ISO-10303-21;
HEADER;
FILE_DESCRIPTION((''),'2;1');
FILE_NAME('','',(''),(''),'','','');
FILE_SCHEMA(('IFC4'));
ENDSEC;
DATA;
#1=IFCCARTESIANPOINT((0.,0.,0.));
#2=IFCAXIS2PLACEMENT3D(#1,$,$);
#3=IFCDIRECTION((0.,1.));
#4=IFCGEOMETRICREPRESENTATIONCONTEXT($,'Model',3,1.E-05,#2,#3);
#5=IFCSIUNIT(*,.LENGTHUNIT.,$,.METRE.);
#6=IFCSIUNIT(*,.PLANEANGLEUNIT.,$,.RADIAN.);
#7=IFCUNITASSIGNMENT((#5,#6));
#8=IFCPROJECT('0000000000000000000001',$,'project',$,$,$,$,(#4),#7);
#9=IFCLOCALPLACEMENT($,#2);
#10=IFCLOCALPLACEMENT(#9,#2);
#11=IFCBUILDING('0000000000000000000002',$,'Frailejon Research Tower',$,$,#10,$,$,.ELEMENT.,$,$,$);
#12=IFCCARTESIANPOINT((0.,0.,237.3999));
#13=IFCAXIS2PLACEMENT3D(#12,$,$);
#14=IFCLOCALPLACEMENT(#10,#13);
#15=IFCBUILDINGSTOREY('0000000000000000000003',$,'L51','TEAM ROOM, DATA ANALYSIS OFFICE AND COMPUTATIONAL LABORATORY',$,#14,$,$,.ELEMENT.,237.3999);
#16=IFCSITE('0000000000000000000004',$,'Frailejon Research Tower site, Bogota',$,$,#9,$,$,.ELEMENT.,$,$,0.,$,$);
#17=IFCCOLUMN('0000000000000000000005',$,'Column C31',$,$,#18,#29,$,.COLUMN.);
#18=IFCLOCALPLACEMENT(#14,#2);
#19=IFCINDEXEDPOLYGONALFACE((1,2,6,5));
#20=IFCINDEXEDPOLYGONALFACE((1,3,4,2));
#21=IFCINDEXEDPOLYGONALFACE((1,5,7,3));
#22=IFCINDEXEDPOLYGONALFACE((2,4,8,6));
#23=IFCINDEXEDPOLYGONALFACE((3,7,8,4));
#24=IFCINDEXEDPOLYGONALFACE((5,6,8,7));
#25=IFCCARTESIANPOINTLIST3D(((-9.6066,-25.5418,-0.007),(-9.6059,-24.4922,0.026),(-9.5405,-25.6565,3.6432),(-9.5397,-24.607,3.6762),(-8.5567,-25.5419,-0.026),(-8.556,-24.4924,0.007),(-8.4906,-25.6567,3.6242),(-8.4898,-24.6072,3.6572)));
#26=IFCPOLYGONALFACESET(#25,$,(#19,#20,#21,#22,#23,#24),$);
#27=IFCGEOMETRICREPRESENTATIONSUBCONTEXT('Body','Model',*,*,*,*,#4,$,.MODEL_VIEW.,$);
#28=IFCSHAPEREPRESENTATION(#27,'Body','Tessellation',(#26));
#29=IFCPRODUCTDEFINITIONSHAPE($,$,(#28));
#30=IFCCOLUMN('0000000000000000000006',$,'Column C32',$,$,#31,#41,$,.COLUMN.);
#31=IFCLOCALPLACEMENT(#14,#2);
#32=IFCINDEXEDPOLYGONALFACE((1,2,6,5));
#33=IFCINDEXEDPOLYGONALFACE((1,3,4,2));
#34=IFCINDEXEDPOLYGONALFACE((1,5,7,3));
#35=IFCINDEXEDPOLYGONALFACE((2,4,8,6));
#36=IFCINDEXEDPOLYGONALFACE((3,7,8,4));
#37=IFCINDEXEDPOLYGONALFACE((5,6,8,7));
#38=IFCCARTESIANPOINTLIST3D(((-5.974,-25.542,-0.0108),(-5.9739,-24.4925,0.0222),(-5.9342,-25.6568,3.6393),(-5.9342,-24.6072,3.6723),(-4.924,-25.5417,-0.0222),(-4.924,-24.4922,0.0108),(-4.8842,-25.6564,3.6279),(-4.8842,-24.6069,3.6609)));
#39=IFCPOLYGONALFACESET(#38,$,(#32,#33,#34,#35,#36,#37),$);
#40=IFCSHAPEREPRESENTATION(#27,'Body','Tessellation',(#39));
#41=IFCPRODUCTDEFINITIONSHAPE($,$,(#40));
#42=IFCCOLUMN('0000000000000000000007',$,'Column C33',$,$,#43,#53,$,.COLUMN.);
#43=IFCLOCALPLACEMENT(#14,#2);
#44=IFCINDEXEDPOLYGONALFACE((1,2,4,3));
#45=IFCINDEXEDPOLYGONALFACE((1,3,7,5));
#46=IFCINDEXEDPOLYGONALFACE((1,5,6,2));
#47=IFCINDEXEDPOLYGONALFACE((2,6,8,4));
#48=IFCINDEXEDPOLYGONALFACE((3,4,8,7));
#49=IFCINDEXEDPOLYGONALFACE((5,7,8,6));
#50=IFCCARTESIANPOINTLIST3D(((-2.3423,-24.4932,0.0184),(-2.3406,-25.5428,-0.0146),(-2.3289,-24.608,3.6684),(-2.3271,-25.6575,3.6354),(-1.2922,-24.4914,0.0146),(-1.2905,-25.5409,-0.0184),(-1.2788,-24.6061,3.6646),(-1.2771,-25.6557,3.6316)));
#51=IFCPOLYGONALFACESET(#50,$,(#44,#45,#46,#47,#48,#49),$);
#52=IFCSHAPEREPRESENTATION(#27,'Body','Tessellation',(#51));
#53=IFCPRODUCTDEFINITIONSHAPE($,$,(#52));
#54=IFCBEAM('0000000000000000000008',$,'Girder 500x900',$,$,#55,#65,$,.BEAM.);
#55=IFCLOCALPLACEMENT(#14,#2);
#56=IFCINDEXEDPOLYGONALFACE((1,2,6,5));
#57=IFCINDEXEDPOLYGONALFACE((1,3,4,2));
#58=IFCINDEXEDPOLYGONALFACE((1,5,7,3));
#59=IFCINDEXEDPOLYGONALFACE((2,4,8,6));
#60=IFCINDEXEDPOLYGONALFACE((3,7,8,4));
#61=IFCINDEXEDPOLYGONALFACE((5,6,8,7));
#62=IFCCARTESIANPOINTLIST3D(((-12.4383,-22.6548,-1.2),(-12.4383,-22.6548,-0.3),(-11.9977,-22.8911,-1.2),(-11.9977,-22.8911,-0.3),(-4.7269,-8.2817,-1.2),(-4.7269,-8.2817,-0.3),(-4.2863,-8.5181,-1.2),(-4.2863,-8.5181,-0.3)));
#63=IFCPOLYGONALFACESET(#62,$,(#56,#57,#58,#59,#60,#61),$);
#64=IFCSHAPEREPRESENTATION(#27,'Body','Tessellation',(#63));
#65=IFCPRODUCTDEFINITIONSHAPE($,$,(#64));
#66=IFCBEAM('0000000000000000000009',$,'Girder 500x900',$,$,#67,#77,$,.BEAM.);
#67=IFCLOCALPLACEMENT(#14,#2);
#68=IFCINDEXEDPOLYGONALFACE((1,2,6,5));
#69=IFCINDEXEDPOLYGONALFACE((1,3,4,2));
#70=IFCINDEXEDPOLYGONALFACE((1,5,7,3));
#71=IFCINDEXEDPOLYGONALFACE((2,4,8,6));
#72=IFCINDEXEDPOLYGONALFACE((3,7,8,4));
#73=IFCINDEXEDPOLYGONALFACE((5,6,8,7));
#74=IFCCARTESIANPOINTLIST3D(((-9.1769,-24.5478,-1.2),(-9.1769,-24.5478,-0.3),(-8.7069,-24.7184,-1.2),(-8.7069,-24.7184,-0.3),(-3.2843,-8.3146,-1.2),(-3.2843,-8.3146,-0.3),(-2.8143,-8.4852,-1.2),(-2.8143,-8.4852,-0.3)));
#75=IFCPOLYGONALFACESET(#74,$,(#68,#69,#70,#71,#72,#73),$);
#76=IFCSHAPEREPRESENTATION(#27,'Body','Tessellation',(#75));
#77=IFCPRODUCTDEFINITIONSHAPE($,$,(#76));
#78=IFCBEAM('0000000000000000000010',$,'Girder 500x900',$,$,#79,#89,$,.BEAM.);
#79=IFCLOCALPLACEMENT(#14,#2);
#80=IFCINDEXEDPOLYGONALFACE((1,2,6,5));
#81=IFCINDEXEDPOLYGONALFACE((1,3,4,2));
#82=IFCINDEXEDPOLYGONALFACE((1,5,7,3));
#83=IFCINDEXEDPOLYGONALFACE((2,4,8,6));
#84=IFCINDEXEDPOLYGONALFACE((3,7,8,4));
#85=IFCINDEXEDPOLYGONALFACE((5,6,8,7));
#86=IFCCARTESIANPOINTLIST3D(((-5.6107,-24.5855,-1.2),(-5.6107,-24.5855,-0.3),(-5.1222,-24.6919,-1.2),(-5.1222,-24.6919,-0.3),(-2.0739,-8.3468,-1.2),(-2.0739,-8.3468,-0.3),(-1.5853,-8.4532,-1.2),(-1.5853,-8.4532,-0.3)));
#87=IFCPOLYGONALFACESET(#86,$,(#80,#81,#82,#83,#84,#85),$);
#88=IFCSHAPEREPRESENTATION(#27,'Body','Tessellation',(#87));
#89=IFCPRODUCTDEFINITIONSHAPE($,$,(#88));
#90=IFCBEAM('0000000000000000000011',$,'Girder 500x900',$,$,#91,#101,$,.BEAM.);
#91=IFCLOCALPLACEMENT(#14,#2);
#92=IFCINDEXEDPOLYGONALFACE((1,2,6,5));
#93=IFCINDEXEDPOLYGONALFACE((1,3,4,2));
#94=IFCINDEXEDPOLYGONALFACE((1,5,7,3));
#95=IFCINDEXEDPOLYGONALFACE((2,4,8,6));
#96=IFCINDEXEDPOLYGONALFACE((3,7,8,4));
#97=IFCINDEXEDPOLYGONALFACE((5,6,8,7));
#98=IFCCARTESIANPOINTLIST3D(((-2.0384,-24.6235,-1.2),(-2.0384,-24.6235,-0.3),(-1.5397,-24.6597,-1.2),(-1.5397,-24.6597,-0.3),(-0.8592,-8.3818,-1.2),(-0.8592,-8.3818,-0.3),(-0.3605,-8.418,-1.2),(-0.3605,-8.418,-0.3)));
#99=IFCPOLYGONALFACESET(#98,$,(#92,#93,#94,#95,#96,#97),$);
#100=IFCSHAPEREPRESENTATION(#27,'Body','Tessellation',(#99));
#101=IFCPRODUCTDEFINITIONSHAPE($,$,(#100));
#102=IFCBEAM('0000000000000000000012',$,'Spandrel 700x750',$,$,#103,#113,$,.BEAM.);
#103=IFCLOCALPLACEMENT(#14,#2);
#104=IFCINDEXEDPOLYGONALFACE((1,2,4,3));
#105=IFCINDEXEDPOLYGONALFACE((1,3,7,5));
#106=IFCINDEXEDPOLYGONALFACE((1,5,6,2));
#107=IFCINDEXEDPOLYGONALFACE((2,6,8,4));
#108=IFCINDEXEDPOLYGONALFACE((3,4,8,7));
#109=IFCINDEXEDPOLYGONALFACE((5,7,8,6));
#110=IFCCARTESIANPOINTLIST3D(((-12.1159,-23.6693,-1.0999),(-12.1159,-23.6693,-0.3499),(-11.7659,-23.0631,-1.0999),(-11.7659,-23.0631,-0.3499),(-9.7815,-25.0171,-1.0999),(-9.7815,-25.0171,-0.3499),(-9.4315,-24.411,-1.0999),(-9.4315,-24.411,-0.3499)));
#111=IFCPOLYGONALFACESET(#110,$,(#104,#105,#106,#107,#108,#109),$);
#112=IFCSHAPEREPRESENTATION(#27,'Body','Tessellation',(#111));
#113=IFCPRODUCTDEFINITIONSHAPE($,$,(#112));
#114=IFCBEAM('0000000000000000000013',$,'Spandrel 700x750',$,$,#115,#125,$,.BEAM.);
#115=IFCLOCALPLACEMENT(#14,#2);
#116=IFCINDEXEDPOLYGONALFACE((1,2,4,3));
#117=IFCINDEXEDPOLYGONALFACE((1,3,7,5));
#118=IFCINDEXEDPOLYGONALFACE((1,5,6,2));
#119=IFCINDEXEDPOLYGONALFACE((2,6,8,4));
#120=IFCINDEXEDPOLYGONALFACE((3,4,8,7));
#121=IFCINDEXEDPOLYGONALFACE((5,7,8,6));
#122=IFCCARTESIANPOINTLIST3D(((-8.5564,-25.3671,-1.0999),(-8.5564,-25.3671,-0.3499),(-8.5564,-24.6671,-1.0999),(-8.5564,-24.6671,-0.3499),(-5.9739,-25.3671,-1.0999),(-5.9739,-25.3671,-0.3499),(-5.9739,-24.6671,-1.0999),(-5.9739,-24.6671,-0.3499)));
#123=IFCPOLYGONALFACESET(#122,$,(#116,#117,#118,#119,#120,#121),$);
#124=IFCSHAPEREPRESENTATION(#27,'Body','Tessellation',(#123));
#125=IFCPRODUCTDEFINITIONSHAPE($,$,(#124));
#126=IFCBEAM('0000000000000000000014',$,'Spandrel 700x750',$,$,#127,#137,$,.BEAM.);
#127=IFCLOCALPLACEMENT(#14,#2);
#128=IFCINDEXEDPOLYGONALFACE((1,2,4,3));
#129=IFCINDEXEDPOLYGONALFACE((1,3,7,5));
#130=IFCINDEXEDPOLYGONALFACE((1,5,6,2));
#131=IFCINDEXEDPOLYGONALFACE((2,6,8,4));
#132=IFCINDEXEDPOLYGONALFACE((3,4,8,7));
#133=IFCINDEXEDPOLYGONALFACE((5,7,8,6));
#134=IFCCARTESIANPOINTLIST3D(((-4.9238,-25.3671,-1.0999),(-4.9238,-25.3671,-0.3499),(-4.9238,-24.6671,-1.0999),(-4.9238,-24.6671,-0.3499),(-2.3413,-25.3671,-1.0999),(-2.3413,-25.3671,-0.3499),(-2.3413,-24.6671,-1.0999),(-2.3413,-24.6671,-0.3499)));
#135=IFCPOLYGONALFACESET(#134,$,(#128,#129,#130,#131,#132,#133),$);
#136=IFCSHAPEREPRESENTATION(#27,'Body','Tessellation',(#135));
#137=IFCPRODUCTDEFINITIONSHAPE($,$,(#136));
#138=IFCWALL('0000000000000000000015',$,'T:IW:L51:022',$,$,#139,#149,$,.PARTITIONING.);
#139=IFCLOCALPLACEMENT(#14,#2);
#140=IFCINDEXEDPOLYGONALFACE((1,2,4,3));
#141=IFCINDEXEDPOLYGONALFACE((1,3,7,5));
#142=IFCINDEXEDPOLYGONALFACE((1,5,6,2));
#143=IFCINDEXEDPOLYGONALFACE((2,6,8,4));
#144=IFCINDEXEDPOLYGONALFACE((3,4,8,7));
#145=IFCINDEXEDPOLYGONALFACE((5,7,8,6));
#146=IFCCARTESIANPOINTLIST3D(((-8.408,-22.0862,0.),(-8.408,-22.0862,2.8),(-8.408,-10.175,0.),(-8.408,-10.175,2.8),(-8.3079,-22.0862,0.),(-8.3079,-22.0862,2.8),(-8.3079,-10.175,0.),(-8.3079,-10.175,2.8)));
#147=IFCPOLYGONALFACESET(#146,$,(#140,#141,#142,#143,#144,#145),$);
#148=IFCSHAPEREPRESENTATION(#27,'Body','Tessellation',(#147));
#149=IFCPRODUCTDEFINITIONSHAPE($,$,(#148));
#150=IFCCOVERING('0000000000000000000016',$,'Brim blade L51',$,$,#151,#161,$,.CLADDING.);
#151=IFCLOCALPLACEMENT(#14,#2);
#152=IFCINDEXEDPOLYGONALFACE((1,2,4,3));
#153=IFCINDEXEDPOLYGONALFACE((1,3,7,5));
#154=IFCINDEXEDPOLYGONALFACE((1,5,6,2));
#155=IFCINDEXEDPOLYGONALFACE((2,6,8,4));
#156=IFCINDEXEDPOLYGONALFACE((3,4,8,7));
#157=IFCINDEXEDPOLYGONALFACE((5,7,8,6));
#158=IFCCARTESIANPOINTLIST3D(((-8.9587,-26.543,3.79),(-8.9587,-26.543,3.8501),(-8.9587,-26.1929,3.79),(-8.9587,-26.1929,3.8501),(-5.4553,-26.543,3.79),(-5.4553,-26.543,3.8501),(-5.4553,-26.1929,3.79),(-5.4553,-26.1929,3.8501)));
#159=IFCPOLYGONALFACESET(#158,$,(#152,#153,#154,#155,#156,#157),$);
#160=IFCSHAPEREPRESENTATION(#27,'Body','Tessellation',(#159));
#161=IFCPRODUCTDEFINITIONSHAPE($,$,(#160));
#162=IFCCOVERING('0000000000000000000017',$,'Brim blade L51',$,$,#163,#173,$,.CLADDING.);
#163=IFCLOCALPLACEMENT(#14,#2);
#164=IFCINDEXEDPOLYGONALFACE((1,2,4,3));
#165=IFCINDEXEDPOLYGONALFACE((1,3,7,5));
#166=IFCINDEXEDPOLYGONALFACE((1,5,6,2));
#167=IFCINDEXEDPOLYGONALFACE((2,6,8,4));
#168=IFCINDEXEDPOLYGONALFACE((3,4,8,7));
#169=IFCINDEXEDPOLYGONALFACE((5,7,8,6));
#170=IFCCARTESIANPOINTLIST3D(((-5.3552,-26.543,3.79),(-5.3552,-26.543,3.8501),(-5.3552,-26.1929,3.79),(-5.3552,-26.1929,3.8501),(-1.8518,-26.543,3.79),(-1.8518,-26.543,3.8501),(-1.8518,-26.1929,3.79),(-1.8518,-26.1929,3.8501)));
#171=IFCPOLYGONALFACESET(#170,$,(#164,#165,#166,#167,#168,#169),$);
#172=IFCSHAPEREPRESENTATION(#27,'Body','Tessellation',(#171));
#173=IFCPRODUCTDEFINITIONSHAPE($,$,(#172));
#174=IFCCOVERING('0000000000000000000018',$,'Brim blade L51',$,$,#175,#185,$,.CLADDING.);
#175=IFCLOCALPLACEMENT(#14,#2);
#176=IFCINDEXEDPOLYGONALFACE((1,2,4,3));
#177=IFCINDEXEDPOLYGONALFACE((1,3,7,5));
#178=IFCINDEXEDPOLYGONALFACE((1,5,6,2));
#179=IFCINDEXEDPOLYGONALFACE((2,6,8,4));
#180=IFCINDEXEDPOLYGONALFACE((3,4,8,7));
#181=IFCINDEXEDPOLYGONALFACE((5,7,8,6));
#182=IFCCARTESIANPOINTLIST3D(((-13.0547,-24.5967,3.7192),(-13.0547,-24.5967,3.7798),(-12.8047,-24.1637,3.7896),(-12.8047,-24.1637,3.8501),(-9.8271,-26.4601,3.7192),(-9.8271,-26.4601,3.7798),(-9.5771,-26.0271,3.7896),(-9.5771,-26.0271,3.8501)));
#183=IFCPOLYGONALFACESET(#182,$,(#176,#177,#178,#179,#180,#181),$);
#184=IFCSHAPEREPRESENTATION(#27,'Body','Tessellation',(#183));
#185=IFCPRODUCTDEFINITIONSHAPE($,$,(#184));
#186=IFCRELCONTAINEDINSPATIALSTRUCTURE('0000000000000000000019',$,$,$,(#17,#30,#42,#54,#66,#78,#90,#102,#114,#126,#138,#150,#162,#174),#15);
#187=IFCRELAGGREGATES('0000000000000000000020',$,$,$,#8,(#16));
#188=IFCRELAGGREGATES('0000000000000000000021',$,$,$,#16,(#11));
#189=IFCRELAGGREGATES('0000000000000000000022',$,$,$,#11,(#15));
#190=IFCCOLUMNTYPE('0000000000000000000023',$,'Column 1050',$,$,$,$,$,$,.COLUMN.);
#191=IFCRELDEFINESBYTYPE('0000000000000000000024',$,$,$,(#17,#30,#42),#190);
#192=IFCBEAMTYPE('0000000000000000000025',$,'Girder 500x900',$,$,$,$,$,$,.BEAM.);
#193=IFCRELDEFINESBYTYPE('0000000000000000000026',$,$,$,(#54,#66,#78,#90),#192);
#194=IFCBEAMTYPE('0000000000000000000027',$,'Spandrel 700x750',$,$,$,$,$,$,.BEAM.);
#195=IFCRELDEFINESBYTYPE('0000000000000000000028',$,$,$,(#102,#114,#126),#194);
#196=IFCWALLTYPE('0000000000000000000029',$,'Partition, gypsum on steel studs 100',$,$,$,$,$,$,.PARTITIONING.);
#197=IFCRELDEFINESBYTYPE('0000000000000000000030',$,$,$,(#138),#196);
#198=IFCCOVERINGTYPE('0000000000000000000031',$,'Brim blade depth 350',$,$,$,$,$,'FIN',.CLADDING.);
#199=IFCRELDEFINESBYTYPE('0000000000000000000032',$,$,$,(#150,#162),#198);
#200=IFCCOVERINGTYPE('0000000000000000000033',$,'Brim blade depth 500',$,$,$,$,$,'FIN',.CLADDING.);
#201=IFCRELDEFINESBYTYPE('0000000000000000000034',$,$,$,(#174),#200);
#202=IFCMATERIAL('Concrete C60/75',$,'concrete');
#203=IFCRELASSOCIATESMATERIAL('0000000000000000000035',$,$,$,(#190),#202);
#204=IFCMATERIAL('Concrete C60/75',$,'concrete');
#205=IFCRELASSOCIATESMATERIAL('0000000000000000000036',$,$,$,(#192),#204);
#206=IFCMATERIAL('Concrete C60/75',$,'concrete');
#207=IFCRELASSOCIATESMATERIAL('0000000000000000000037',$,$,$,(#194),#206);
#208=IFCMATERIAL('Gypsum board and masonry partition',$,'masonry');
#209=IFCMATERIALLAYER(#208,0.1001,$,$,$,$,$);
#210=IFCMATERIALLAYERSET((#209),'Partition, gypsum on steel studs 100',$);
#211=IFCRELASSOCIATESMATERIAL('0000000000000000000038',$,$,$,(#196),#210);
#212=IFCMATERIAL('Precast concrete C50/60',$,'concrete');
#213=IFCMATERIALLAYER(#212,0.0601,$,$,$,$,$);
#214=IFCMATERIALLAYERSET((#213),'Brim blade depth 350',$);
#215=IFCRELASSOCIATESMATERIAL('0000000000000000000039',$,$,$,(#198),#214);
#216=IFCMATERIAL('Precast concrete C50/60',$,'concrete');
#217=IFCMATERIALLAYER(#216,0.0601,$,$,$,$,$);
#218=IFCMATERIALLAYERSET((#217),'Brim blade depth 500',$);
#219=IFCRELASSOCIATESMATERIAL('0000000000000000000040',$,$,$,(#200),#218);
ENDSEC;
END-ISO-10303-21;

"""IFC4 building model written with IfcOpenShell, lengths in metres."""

from ifc_helpers import new_model, si_unit, direction, frame, frame_2d, origin, origin_2d, place, context, subcontext, project, spatial, polyline, rectangle, outline, extrude, material, layer, layer_set, material_profile, profile_set, type_object, element, save


model = new_model("IFC4")

# Units and contexts
model_context = context("Model", 3, precision=1e-05, world=origin(), true_north=direction((0.0, 1.0)))
body_context = subcontext(model_context, "Body", "Model", "MODEL_VIEW")
ifc_project = project(units=[si_unit("LENGTHUNIT", "METRE"), si_unit("PLANEANGLEUNIT", "RADIAN")], contexts=[model_context])

# Site, building, storey
site_placement = place(None, origin())
site = spatial("IfcSite", under=ifc_project, at=site_placement, Name="Frailejon Research Tower site, Bogota", CompositionType="ELEMENT", RefElevation=0.0)
building_placement = place(site_placement, origin())
building = spatial("IfcBuilding", under=site, at=building_placement, Name="Frailejon Research Tower", CompositionType="ELEMENT")
storey_placement = place(building_placement, frame((0.0, 0.0, 237.3999)))
storey = spatial("IfcBuildingStorey", under=building, at=storey_placement, Name="L51", Description="TEAM ROOM, DATA ANALYSIS OFFICE AND COMPUTATIONAL LABORATORY", CompositionType="ELEMENT", Elevation=237.3999)

# Columns
ifc_material_1 = material(Name="Concrete C60/75", Category="concrete")
ifc_material_profile_1 = material_profile(ifc_material_1, rectangle(XDim=1.05, YDim=1.05, at=origin_2d()), Name="Column 1050")
ifc_profile_set_1 = profile_set([ifc_material_profile_1], Name="Concrete C60/75")
column_type = type_object("IfcColumnType", Name="Column 1050", PredefinedType="COLUMN", material=ifc_profile_set_1)
column_1_placement = place(storey_placement, frame((-9.0813, -25.0171, 0.0), z_axis=(0.018114, -0.031415, 0.999342), x_axis=(0.999836, -0.000157, -0.018128)))
element("IfcColumn", 1, at=column_1_placement, inside=storey, type_object=column_type, Name="Column C31", PredefinedType="COLUMN", context=body_context, shape_type="SweptSolid", body=[
    extrude(rectangle(XDim=1.05, YDim=1.05, at=origin_2d()), origin(), (0.0, 0.0, 1.0), 3.6526),
])
column_2_placement = place(storey_placement, frame((-5.449, -25.0171, 0.0), z_axis=(0.010896, -0.031419, 0.999447), x_axis=(0.999941, 0.000298, -0.010892)))
element("IfcColumn", 2, at=column_2_placement, inside=storey, type_object=column_type, Name="Column C32", PredefinedType="COLUMN", context=body_context, shape_type="SweptSolid", body=[
    extrude(rectangle(XDim=1.05, YDim=1.05, at=origin_2d()), origin(), (0.0, 0.0, 1.0), 3.6521),
])
column_3_placement = place(storey_placement, frame((-1.8164, -25.0171, 0.0), z_axis=(0.003677, -0.03142, 0.999499), x_axis=(0.999992, 0.001758, -0.003623)))
element("IfcColumn", 3, at=column_3_placement, inside=storey, type_object=column_type, Name="Column C33", PredefinedType="COLUMN", context=body_context, shape_type="SweptSolid", body=[
    extrude(rectangle(XDim=1.05, YDim=1.05, at=origin_2d()), origin(), (0.0, 0.0, 1.0), 3.6519),
])

# Beams
ifc_material_2 = material(Name="Concrete C60/75", Category="concrete")
ifc_material_profile_2 = material_profile(ifc_material_2, rectangle(XDim=0.5, YDim=0.8999, at=origin_2d()), Name="Girder 500x900")
ifc_profile_set_2 = profile_set([ifc_material_profile_2], Name="Concrete C60/75")
beam_type_1 = type_object("IfcBeamType", Name="Girder 500x900", PredefinedType="BEAM", material=ifc_profile_set_2)
beam_1_placement = place(storey_placement, frame((-12.218, -22.7729, -0.75), z_axis=(0.472773, 0.881184, 0.0), x_axis=(-0.881184, 0.472773, 0.0)))
element("IfcBeam", 4, at=beam_1_placement, inside=storey, type_object=beam_type_1, Name="Girder 500x900", PredefinedType="BEAM", context=body_context, shape_type="SweptSolid", body=[
    extrude(rectangle(XDim=0.5, YDim=0.8999, at=origin_2d()), origin(), (0.0, 0.0, 1.0), 16.311),
])
beam_2_placement = place(storey_placement, frame((-8.9419, -24.6331, -0.75), z_axis=(0.341212, 0.939986, 0.0), x_axis=(-0.939986, 0.341212, 0.0)))
element("IfcBeam", 5, at=beam_2_placement, inside=storey, type_object=beam_type_1, Name="Girder 500x900", PredefinedType="BEAM", context=body_context, shape_type="SweptSolid", body=[
    extrude(rectangle(XDim=0.5, YDim=0.8999, at=origin_2d()), origin(), (0.0, 0.0, 1.0), 17.2695),
])
beam_3_placement = place(storey_placement, frame((-5.3665, -24.6387, -0.75), z_axis=(0.212814, 0.977093, 0.0), x_axis=(-0.977093, 0.212814, 0.0)))
element("IfcBeam", 6, at=beam_3_placement, inside=storey, type_object=beam_type_1, Name="Girder 500x900", PredefinedType="BEAM", context=body_context, shape_type="SweptSolid", body=[
    extrude(rectangle(XDim=0.5, YDim=0.8999, at=origin_2d()), origin(), (0.0, 0.0, 1.0), 16.6194),
])
beam_4_placement = place(storey_placement, frame((-1.7891, -24.6416, -0.75), z_axis=(0.072413, 0.997375, 0.0), x_axis=(-0.997375, 0.072413, 0.0)))
element("IfcBeam", 7, at=beam_4_placement, inside=storey, type_object=beam_type_1, Name="Girder 500x900", PredefinedType="BEAM", context=body_context, shape_type="SweptSolid", body=[
    extrude(rectangle(XDim=0.5, YDim=0.8999, at=origin_2d()), origin(), (0.0, 0.0, 1.0), 16.2844),
])
ifc_material_3 = material(Name="Concrete C60/75", Category="concrete")
ifc_material_profile_3 = material_profile(ifc_material_3, rectangle(XDim=0.7, YDim=0.75, at=origin_2d()), Name="Spandrel 700x750")
ifc_profile_set_3 = profile_set([ifc_material_profile_3], Name="Concrete C60/75")
beam_type_2 = type_object("IfcBeamType", Name="Spandrel 700x750", PredefinedType="BEAM", material=ifc_profile_set_3)
beam_5_placement = place(storey_placement, frame((-11.9409, -23.3662, -0.7249), z_axis=(0.866011, -0.500026, 0.0), x_axis=(0.500026, 0.866011, 0.0)))
element("IfcBeam", 8, at=beam_5_placement, inside=storey, type_object=beam_type_2, Name="Spandrel 700x750", PredefinedType="BEAM", context=body_context, shape_type="SweptSolid", body=[
    extrude(rectangle(XDim=0.7, YDim=0.75, at=origin_2d()), origin(), (0.0, 0.0, 1.0), 2.6956),
])
for number, where, z_axis, x_axis, name in (
    (9, (-8.5564, -25.0171, -0.7249), (1.0, 0.0, 0.0), (0.0, 1.0, 0.0), "Spandrel 700x750"),
    (10, (-4.9238, -25.0171, -0.7249), (1.0, 0.0, 0.0), (0.0, 1.0, 0.0), "Spandrel 700x750"),
):
    element("IfcBeam", number, at=place(storey_placement, frame(where, z_axis=z_axis, x_axis=x_axis)), inside=storey, type_object=beam_type_2, Name=name, PredefinedType="BEAM", context=body_context, shape_type="SweptSolid", body=[
        extrude(rectangle(XDim=0.7, YDim=0.75, at=origin_2d()), origin(), (0.0, 0.0, 1.0), 2.5825),
    ])

# Wall
ifc_material_4 = material(Name="Gypsum board and masonry partition", Category="masonry")
ifc_layer_1 = layer(ifc_material_4, 0.1001)
ifc_layer_set_1 = layer_set([ifc_layer_1], Name="Partition, gypsum on steel studs 100")
wall_type_1 = type_object("IfcWallType", Name="Partition, gypsum on steel studs 100", PredefinedType="PARTITIONING", material=ifc_layer_set_1)
wall_1_placement = place(storey_placement, frame((-8.3579, -22.0862, 0.0), z_axis=(0.0, 0.0, 1.0), x_axis=(0.0, 1.0, 0.0)))
element("IfcWall", 11, at=wall_1_placement, inside=storey, type_object=wall_type_1, Name="T:IW:L51:022", PredefinedType="PARTITIONING", context=body_context, shape_type="SweptSolid", body=[
    extrude(rectangle(XDim=11.9111, YDim=0.1001, at=frame_2d((5.9556, 0.0))), origin(), (0.0, 0.0, 1.0), 2.8),
])

# Coverings
ifc_material_5 = material(Name="Precast concrete C50/60", Category="concrete")
ifc_layer_2 = layer(ifc_material_5, 0.0601)
ifc_layer_set_2 = layer_set([ifc_layer_2], Name="Brim blade depth 350")
covering_type_1 = type_object("IfcCoveringType", Name="Brim blade depth 350", ElementType="FIN", PredefinedType="CLADDING", material=ifc_layer_set_2)
for number, where, z_axis, x_axis, name in (
    (12, (-5.4553, -26.1929, 3.8501), (-1.0, 0.0, 0.0), (0.0, -1.0, 0.0), "Brim blade L51"),
    (13, (-1.8518, -26.1929, 3.8501), (-1.0, 0.0, 0.0), (0.0, -1.0, 0.0), "Brim blade L51"),
):
    element("IfcCovering", number, at=place(storey_placement, frame(where, z_axis=z_axis, x_axis=x_axis)), inside=storey, type_object=covering_type_1, Name=name, PredefinedType="CLADDING", context=body_context, shape_type="SweptSolid", body=[
        extrude(outline(polyline([(0.0, -0.0601), (0.3501, -0.0601), (0.3501, 0.0), (0.0, 0.0), (0.0, -0.0601)])), origin(), (0.0, 0.0, 1.0), 3.5034),
    ])
ifc_material_6 = material(Name="Precast concrete C50/60", Category="concrete")
ifc_layer_3 = layer(ifc_material_6, 0.0601)
ifc_layer_set_3 = layer_set([ifc_layer_3], Name="Brim blade depth 500")
covering_type_2 = type_object("IfcCoveringType", Name="Brim blade depth 500", ElementType="FIN", PredefinedType="CLADDING", material=ifc_layer_set_3)
covering_placement = place(storey_placement, frame((-9.5771, -26.0271, 3.8501), z_axis=(-0.866025, 0.500001, 0.0), x_axis=(-0.500001, -0.866025, 0.0)))
element("IfcCovering", 14, at=covering_placement, inside=storey, type_object=covering_type_2, Name="Brim blade L51", PredefinedType="CLADDING", context=body_context, shape_type="SweptSolid", body=[
    extrude(outline(polyline([(0.0, -0.0605), (0.5, -0.1309), (0.5, -0.0703), (0.0, 0.0), (0.0, -0.0605)])), origin(), (0.0, 0.0, 1.0), 3.7268),
])

save(model, "model.ifc")
